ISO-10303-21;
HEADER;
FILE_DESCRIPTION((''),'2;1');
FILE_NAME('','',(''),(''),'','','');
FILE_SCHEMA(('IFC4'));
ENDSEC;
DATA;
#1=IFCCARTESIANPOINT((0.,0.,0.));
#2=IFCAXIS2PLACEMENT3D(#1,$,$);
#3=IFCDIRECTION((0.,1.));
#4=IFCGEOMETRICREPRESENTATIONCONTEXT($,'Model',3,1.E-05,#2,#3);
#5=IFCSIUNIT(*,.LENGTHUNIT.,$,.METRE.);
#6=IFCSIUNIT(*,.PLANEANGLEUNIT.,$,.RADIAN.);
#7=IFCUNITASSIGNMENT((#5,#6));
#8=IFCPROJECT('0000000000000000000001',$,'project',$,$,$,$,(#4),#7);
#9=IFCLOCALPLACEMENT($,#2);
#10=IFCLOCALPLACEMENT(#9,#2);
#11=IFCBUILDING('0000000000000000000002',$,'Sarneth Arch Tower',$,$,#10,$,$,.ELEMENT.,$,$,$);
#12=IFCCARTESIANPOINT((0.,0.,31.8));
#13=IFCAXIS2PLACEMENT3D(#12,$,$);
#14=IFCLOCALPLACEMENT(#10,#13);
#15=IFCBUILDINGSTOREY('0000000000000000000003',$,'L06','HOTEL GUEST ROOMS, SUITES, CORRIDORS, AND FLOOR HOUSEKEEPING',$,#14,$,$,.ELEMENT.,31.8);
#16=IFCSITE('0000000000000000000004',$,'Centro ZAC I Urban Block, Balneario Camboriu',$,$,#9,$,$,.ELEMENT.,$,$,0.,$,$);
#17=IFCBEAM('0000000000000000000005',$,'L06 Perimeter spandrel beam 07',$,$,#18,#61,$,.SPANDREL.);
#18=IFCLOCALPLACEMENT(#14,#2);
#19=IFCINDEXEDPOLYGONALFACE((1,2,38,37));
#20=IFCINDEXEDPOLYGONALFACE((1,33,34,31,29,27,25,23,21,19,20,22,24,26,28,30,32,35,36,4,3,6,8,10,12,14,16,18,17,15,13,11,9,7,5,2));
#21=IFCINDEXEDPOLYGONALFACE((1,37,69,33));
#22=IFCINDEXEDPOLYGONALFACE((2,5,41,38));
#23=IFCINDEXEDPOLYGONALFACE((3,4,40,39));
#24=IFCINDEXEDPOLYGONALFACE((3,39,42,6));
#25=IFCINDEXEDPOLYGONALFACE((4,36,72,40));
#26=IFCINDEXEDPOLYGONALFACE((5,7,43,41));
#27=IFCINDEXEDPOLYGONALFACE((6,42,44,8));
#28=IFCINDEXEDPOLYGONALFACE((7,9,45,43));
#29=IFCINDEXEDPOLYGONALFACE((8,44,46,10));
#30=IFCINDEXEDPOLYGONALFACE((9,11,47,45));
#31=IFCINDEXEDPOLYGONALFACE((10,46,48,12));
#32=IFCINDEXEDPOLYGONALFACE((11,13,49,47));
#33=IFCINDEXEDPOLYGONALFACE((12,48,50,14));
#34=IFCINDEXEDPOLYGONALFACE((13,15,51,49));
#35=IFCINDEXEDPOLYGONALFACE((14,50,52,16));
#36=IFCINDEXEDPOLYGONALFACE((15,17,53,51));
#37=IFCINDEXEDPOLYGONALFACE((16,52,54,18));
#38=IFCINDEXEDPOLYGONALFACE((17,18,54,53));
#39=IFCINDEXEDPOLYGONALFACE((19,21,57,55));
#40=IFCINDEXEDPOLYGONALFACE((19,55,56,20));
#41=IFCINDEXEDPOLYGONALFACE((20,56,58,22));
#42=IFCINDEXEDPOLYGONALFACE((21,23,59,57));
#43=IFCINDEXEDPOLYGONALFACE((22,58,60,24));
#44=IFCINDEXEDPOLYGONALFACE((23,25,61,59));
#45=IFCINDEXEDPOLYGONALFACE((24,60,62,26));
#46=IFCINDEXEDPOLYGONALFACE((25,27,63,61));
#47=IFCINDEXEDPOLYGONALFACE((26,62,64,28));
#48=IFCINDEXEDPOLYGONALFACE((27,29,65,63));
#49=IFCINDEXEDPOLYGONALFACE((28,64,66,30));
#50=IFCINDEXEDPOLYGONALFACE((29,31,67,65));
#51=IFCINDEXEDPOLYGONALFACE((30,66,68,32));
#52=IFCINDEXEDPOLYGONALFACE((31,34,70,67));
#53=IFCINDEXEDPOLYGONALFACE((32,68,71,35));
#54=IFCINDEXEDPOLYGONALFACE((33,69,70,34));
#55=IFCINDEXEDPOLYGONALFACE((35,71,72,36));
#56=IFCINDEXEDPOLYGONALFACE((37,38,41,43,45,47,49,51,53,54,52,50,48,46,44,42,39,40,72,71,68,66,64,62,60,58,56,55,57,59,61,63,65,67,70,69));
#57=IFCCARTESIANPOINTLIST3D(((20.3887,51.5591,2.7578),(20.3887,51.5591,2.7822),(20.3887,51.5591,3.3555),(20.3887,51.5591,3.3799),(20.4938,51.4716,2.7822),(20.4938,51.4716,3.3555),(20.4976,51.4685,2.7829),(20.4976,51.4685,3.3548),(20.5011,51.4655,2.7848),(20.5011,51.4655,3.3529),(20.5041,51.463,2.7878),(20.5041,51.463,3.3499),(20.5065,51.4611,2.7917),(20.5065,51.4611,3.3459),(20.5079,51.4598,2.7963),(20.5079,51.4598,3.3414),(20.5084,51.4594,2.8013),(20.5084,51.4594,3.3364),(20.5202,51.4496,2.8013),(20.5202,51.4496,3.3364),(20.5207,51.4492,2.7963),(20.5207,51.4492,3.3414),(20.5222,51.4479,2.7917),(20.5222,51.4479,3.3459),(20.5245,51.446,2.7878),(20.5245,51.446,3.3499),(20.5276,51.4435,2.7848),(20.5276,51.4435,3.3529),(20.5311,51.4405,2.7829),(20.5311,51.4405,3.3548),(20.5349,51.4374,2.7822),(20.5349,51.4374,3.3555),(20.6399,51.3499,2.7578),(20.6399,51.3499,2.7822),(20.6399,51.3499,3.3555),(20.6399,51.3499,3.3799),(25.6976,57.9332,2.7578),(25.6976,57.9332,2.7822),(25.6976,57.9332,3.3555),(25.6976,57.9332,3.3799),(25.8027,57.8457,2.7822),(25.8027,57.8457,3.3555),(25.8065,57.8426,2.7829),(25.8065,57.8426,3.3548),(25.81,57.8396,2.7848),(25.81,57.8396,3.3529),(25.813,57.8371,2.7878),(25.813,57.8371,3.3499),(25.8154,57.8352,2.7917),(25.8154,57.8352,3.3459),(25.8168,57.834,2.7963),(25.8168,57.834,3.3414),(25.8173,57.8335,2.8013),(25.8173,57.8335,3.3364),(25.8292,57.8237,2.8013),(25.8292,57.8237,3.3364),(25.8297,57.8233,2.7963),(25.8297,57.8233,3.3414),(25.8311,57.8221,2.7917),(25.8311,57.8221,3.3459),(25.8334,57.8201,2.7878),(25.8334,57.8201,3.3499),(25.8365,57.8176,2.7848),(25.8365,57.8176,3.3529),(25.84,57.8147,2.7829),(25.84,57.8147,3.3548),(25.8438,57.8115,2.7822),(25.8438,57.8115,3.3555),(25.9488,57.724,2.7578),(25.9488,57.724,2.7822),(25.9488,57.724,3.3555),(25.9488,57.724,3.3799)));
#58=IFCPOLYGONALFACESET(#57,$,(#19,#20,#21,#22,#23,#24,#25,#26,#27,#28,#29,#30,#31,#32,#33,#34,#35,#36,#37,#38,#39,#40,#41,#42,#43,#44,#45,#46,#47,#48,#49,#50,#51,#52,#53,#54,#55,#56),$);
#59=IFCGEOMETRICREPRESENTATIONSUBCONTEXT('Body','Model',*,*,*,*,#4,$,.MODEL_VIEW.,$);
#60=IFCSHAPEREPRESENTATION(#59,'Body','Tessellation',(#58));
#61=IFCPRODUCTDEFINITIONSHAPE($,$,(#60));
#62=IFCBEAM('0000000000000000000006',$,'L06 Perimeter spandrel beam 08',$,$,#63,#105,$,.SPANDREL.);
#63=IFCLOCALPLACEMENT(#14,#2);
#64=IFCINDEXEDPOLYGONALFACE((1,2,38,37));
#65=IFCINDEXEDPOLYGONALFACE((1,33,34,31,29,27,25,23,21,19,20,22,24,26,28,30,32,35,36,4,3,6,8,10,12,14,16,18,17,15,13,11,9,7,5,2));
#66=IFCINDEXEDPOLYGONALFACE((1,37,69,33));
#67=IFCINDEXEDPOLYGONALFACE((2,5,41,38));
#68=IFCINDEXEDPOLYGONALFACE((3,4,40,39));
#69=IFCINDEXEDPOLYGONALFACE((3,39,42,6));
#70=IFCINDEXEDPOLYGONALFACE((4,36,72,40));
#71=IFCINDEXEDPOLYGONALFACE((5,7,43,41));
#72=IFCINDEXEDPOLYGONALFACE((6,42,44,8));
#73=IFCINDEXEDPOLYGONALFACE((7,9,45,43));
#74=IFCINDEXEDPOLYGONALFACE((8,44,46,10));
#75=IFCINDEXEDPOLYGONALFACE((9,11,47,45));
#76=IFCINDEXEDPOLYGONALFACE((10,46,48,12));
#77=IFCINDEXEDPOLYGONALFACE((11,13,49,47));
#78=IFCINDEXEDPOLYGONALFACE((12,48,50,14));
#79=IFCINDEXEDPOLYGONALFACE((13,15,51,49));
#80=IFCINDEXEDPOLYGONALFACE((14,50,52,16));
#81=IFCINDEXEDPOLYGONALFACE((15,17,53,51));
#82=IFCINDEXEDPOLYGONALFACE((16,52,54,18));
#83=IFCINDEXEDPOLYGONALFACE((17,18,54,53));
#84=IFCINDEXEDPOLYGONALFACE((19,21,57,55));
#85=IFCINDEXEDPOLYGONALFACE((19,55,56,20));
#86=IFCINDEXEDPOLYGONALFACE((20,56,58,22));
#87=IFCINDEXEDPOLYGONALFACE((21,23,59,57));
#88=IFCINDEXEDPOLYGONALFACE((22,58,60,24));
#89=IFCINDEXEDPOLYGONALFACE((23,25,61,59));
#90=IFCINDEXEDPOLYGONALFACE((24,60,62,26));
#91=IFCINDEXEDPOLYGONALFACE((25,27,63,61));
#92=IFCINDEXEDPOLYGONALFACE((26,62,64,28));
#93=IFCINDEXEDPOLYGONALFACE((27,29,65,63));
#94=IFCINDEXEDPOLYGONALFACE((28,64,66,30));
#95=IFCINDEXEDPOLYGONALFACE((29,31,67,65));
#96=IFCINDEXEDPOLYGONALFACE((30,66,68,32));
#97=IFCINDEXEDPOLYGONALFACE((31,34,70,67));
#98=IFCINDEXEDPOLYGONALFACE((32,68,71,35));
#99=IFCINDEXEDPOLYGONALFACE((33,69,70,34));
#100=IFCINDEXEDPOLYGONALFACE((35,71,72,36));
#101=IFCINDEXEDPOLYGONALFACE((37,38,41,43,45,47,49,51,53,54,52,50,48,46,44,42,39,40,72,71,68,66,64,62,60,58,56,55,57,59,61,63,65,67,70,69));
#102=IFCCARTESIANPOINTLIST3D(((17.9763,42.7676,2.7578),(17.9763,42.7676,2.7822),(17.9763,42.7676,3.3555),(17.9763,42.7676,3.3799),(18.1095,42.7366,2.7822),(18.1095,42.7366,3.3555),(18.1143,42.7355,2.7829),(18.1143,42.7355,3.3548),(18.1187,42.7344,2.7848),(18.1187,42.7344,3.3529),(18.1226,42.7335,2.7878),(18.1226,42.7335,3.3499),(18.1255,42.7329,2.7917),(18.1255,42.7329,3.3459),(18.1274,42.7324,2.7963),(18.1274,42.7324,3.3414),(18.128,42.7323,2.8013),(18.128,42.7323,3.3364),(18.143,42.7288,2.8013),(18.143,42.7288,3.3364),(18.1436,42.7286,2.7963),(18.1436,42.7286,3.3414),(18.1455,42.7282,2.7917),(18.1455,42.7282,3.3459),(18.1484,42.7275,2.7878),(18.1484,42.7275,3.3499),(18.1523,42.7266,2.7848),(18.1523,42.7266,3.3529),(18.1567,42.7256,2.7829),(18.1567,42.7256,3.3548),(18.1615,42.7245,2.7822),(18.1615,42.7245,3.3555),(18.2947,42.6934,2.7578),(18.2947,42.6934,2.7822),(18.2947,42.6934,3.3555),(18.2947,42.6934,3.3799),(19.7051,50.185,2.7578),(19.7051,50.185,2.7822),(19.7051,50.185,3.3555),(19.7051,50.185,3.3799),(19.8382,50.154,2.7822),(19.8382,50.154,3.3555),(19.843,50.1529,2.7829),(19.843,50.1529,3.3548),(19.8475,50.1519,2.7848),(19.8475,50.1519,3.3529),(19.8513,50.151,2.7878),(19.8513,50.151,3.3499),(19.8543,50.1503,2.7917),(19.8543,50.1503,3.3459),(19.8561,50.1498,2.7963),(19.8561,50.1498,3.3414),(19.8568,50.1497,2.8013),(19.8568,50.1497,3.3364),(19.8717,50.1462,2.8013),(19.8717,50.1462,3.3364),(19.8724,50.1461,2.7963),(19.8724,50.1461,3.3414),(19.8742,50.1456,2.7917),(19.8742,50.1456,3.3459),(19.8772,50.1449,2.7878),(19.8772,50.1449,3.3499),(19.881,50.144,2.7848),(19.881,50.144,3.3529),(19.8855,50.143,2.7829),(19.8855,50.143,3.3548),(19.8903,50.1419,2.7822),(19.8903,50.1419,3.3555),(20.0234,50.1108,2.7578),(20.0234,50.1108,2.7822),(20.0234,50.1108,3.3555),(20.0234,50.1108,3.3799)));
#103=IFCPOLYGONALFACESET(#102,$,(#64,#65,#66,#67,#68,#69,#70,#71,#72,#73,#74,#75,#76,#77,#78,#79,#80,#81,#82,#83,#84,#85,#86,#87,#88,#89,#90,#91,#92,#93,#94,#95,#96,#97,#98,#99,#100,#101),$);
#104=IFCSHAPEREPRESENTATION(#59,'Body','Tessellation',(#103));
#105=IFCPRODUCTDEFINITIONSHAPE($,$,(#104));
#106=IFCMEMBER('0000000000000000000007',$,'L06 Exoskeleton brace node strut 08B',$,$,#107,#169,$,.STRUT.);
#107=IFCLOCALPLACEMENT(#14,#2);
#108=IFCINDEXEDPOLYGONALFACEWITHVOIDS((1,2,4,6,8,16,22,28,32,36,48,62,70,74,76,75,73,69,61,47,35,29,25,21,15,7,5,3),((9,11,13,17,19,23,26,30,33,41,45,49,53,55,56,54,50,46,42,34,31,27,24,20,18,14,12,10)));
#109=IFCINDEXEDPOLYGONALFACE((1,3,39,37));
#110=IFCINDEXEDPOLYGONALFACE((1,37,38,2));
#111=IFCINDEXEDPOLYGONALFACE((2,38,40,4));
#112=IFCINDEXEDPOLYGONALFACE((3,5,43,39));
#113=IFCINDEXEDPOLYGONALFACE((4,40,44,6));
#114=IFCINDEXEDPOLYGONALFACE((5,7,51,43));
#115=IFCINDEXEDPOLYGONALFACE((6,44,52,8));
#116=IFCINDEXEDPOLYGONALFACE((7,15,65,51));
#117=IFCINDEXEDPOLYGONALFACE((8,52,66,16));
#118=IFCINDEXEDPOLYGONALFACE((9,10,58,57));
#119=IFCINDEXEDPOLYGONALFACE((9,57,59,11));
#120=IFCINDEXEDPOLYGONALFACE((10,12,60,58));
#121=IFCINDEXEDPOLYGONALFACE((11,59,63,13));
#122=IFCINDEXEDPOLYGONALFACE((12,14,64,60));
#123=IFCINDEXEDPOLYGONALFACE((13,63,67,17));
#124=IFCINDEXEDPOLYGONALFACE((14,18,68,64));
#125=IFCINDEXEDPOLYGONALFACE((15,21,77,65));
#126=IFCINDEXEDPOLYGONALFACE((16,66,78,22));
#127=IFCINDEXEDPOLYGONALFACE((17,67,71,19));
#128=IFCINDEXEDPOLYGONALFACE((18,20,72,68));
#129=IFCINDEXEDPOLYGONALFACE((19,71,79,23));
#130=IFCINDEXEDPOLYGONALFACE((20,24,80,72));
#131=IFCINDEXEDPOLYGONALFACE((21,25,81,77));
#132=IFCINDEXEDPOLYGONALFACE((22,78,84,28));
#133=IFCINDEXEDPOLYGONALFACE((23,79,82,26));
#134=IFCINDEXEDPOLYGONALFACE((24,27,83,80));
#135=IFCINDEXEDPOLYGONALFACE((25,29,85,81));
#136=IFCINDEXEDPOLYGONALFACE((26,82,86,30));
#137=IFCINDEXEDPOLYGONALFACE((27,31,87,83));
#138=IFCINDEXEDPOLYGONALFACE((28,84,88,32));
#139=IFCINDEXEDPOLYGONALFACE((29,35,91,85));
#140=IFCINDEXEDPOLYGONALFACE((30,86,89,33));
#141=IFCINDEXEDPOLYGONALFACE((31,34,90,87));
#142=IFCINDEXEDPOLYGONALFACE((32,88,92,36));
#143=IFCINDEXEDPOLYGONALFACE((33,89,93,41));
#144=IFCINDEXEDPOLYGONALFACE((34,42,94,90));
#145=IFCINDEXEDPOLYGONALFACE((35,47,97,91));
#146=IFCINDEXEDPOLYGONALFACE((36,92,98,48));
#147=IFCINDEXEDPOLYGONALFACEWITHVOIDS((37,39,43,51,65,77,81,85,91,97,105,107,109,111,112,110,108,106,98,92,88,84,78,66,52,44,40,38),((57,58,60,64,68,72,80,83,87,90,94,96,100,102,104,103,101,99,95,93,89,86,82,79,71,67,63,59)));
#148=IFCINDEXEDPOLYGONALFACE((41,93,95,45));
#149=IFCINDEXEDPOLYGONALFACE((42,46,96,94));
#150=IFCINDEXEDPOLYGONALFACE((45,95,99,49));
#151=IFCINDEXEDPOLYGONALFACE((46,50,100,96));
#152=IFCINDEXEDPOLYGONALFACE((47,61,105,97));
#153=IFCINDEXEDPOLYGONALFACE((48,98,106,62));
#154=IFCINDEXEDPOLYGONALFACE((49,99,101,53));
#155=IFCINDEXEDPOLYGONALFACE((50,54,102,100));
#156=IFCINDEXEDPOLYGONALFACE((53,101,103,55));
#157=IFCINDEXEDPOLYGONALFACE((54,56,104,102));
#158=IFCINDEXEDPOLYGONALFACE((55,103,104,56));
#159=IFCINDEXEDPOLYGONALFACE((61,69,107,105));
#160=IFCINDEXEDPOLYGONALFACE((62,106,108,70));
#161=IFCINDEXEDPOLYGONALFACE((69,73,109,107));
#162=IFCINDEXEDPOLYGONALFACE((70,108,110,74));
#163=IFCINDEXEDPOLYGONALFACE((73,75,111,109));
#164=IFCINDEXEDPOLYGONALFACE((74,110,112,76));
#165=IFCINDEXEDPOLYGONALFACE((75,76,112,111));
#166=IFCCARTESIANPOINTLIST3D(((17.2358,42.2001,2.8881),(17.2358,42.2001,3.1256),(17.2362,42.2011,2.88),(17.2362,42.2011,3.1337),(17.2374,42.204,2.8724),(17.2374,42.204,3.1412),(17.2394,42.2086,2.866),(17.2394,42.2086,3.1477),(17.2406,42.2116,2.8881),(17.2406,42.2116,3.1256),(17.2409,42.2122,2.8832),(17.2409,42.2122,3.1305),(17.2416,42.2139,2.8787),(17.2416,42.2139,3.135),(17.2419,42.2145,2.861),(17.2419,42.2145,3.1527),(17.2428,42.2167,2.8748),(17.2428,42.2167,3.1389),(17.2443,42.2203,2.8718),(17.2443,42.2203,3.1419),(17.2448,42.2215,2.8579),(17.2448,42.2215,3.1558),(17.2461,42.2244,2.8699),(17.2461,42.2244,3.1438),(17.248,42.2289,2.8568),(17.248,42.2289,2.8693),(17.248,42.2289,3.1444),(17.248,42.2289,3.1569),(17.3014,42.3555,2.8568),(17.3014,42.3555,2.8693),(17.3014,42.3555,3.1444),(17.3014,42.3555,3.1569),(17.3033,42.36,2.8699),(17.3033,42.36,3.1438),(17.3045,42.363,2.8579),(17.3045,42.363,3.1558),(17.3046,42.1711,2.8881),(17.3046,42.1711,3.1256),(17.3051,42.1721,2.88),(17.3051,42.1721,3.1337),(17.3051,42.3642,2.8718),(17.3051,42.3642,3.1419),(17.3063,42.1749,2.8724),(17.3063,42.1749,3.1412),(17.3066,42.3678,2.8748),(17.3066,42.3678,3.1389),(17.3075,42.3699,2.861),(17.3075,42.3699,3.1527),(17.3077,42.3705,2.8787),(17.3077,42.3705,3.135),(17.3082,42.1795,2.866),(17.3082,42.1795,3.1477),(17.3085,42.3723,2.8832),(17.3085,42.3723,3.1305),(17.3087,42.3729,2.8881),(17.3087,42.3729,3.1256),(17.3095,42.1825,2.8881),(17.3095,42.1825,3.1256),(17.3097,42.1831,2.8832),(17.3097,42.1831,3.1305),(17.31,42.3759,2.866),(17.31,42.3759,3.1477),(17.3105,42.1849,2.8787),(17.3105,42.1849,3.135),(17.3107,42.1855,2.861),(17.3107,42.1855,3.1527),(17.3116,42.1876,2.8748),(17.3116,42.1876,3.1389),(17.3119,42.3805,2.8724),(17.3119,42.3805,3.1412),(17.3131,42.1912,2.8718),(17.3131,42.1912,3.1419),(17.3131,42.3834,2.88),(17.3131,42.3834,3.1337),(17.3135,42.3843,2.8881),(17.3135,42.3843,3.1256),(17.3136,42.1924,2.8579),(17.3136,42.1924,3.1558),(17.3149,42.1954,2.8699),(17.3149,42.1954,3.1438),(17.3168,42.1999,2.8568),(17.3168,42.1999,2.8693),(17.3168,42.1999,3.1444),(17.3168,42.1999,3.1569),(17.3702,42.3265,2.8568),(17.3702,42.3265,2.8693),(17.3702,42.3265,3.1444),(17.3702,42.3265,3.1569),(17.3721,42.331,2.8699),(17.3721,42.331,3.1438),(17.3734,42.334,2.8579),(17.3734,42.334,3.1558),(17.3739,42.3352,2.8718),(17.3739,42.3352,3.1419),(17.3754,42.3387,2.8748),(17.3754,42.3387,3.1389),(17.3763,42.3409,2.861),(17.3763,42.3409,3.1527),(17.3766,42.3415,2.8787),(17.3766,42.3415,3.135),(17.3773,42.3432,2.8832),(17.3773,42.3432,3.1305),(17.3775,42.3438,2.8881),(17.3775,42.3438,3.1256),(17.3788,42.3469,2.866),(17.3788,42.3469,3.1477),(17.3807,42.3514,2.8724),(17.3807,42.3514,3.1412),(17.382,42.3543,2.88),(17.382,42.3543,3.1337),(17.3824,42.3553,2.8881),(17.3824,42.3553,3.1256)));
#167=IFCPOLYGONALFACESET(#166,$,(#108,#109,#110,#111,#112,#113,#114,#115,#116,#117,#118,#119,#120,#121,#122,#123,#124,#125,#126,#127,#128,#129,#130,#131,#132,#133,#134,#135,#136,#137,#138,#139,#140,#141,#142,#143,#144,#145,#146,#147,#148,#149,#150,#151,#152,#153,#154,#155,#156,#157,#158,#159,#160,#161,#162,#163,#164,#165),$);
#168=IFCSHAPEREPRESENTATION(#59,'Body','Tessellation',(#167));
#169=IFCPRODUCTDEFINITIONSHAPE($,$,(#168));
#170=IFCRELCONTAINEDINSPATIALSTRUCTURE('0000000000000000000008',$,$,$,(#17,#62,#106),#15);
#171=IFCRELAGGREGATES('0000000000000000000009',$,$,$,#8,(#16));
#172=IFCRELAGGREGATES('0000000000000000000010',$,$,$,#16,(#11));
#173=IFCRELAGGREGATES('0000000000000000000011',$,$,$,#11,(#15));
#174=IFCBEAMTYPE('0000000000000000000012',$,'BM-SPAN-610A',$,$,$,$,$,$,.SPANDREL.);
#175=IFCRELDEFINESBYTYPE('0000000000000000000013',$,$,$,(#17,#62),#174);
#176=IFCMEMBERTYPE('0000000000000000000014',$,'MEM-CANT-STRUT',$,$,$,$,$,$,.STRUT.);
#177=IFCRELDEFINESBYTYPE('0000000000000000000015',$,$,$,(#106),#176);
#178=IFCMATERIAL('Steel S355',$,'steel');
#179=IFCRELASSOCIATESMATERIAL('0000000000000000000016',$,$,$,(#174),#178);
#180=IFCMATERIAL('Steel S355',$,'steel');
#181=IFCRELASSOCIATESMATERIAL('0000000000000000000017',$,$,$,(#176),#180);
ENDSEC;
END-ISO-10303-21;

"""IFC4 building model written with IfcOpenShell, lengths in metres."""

from ifc_helpers import new_model, si_unit, direction, frame, origin, origin_2d, place, context, subcontext, project, spatial, hollow_rectangle, i_section, extrude, material, material_profile, profile_set, type_object, element, save


model = new_model("IFC4")

# Units and contexts
model_context = context("Model", 3, precision=1e-05, world=origin(), true_north=direction((0.0, 1.0)))
body_context = subcontext(model_context, "Body", "Model", "MODEL_VIEW")
ifc_project = project(units=[si_unit("LENGTHUNIT", "METRE"), si_unit("PLANEANGLEUNIT", "RADIAN")], contexts=[model_context])

# Site, building, storey
site_placement = place(None, origin())
site = spatial("IfcSite", under=ifc_project, at=site_placement, Name="Centro ZAC I Urban Block, Balneario Camboriu", CompositionType="ELEMENT", RefElevation=0.0)
building_placement = place(site_placement, origin())
building = spatial("IfcBuilding", under=site, at=building_placement, Name="Sarneth Arch Tower", CompositionType="ELEMENT")
storey_placement = place(building_placement, frame((0.0, 0.0, 31.8)))
storey = spatial("IfcBuildingStorey", under=building, at=storey_placement, Name="L06", Description="HOTEL GUEST ROOMS, SUITES, CORRIDORS, AND FLOOR HOUSEKEEPING", CompositionType="ELEMENT", Elevation=31.8)

# Beams
ifc_material_1 = material(Name="Steel S355", Category="steel")
ifc_material_profile_1 = material_profile(ifc_material_1, i_section(OverallWidth=0.3269, OverallDepth=0.6221, WebThickness=0.0154, FlangeThickness=0.0244, FilletRadius=0.019, at=origin_2d()), Name="W610x195")
ifc_profile_set_1 = profile_set([ifc_material_profile_1], Name="Steel S355")
beam_type_1 = type_object("IfcBeamType", Name="BM-SPAN-610A", PredefinedType="SPANDREL", material=ifc_profile_set_1)
beam_1_placement = place(storey_placement, frame((25.8232, 57.8286, 3.0688), z_axis=(-0.639982, -0.76839, 0.0), x_axis=(0.76839, -0.639982, 0.0)))
element("IfcBeam", 1, at=beam_1_placement, inside=storey, type_object=beam_type_1, Name="L06 Perimeter spandrel beam 07", PredefinedType="SPANDREL", context=body_context, shape_type="SweptSolid", body=[
    extrude(i_section(OverallWidth=0.3269, OverallDepth=0.6221, WebThickness=0.0154, FlangeThickness=0.0244, FilletRadius=0.019, at=origin_2d()), origin(), (0.0, 0.0, 1.0), 8.2954),
])
beam_2_placement = place(storey_placement, frame((19.8643, 50.1479, 3.0688), z_axis=(-0.226982, -0.973899, 0.0), x_axis=(0.973899, -0.226982, 0.0)))
element("IfcBeam", 2, at=beam_2_placement, inside=storey, type_object=beam_type_1, Name="L06 Perimeter spandrel beam 08", PredefinedType="SPANDREL", context=body_context, shape_type="SweptSolid", body=[
    extrude(i_section(OverallWidth=0.3269, OverallDepth=0.6221, WebThickness=0.0154, FlangeThickness=0.0244, FilletRadius=0.019, at=origin_2d()), origin(), (0.0, 0.0, 1.0), 7.6162),
])

# Member
ifc_material_2 = material(Name="Steel S355", Category="steel")
ifc_material_profile_2 = material_profile(ifc_material_2, hollow_rectangle(XDim=0.2, YDim=0.3, WallThickness=0.0125, InnerFilletRadius=0.0188, OuterFilletRadius=0.0312, at=origin_2d()), Name="RHS300x200x12.5")
ifc_profile_set_2 = profile_set([ifc_material_profile_2], Name="Steel S355")
member_type_1 = type_object("IfcMemberType", Name="MEM-CANT-STRUT", PredefinedType="STRUT", material=ifc_profile_set_2)
member_1_placement = place(storey_placement, frame((17.3435, 42.2632, 3.0068), z_axis=(-0.921328, 0.388787, 0.0), x_axis=(-0.388787, -0.921328, 0.0)))
element("IfcMember", 3, at=member_1_placement, inside=storey, type_object=member_type_1, Name="L06 Exoskeleton brace node strut 08B", PredefinedType="STRUT", context=body_context, shape_type="SweptSolid", body=[
    extrude(hollow_rectangle(XDim=0.2, YDim=0.3, WallThickness=0.0125, InnerFilletRadius=0.0188, OuterFilletRadius=0.0312, at=origin_2d()), origin(), (0.0, 0.0, 1.0), 0.0747),
])

save(model, "model.ifc")
